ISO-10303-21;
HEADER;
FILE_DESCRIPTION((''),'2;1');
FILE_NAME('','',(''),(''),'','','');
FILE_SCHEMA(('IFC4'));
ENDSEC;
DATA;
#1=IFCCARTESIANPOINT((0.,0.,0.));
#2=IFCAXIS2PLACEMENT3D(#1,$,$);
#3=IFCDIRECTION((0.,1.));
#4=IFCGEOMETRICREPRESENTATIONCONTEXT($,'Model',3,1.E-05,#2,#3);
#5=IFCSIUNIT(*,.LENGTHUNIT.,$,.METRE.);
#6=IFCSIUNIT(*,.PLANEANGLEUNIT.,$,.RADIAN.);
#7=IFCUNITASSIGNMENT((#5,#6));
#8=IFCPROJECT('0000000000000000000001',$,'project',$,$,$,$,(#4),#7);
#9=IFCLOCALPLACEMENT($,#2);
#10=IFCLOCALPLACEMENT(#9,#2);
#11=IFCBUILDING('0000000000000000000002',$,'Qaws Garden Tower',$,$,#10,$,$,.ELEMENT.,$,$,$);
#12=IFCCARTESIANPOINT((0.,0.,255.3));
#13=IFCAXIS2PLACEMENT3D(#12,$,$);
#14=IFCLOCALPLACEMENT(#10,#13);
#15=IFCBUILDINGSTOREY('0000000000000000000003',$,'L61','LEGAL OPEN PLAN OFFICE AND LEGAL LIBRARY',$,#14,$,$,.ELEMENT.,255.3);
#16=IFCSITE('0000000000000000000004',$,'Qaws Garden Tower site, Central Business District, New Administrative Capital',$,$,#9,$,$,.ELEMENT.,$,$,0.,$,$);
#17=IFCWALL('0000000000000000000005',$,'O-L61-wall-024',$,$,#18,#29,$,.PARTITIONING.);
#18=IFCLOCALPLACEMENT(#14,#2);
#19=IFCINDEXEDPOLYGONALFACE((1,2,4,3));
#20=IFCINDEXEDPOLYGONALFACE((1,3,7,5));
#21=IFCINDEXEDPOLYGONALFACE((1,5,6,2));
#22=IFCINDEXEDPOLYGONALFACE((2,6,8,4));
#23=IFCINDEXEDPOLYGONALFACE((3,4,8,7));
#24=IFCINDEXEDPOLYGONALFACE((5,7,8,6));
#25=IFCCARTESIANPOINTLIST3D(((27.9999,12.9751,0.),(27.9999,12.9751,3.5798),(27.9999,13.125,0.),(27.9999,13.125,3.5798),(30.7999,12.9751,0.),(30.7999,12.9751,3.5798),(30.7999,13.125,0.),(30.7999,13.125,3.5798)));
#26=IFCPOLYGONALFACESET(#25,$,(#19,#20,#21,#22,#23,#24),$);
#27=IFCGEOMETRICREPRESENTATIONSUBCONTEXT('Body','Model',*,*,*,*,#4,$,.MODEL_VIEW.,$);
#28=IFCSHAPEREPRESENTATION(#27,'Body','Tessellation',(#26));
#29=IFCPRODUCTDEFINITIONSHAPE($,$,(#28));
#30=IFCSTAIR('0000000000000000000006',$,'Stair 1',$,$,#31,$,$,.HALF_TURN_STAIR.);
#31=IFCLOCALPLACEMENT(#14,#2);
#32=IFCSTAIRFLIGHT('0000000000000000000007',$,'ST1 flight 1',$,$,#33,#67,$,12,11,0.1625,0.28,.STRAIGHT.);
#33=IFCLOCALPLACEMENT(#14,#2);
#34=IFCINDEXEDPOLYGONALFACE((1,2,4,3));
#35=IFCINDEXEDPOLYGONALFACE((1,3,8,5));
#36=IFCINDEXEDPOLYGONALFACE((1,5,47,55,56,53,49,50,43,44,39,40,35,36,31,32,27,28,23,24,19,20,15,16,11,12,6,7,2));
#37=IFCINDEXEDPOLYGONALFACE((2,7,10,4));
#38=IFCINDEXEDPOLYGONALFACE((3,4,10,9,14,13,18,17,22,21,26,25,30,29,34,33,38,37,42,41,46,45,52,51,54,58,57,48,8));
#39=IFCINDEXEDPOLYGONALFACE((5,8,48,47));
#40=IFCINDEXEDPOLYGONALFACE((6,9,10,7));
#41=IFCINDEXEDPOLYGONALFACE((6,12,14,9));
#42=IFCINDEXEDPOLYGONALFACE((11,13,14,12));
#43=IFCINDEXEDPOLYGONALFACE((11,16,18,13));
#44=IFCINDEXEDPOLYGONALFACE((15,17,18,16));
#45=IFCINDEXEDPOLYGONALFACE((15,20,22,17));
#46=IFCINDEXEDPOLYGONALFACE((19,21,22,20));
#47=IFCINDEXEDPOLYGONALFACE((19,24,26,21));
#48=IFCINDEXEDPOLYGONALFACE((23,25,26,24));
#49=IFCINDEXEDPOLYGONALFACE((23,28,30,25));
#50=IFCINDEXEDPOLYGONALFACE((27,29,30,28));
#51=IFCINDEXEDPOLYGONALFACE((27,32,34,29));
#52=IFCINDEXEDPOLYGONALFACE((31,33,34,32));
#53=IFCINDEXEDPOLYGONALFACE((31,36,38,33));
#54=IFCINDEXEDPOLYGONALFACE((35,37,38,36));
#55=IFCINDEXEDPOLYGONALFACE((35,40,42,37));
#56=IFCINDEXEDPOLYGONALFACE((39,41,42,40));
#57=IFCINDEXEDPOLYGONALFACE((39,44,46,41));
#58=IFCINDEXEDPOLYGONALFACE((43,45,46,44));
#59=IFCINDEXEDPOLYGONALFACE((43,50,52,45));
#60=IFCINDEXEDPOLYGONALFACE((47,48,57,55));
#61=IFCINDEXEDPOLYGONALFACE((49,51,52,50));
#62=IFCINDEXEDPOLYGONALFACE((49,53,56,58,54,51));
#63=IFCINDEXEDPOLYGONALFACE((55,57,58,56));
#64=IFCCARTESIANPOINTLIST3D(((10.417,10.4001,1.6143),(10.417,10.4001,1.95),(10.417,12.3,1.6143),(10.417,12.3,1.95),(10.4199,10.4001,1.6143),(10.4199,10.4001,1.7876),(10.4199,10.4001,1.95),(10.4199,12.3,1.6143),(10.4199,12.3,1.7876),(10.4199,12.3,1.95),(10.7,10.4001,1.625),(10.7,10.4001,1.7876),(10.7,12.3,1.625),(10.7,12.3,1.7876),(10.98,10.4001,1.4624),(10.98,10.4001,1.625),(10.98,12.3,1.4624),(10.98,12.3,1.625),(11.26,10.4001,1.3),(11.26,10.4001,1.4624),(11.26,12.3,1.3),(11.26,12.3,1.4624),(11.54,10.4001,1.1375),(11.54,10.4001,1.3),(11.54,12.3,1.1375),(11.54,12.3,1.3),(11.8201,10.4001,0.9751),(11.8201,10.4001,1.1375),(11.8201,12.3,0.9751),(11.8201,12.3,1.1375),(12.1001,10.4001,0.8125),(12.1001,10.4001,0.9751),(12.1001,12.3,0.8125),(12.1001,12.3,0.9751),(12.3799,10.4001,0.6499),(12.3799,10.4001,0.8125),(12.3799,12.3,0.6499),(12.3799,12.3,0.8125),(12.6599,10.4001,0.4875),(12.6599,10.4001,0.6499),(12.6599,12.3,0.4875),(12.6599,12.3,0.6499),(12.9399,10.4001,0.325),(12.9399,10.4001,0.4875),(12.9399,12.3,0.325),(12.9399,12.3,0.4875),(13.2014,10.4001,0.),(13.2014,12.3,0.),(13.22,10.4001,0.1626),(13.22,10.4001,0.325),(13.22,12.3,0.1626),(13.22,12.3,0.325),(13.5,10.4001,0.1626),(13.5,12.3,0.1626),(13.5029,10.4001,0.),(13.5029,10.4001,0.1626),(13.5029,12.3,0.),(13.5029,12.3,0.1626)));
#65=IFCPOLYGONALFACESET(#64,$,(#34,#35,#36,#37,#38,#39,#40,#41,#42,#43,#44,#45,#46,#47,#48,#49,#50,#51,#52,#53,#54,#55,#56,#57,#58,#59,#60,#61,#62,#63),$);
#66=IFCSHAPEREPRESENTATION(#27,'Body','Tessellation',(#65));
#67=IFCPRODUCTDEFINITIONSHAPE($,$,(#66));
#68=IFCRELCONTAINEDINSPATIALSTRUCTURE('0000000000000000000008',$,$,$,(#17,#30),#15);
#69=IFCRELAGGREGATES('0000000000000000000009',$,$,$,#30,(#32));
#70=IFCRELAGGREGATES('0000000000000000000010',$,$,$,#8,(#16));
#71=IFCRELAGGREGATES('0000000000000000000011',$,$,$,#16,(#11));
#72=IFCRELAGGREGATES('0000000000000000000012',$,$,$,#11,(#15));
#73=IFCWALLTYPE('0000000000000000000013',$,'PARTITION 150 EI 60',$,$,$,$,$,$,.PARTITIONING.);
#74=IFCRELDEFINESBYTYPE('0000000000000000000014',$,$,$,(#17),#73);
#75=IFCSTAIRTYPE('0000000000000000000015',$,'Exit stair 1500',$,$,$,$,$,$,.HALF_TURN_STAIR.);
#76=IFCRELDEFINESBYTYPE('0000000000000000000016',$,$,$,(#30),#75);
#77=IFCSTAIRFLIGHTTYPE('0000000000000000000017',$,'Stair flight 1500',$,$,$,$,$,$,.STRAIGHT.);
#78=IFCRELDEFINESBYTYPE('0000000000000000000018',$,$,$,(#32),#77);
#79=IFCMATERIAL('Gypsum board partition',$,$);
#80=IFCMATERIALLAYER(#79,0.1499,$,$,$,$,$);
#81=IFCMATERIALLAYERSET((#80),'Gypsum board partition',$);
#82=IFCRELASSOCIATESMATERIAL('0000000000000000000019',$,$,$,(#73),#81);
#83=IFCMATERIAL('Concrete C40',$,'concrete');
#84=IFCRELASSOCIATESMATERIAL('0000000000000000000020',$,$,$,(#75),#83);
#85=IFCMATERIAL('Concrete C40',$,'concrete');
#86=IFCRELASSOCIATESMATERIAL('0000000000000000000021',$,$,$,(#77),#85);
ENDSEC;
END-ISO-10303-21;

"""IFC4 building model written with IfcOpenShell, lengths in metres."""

from ifc_helpers import new_model, si_unit, direction, frame, frame_2d, origin, place, context, subcontext, project, spatial, polyline, rectangle, outline, extrude, material, layer, layer_set, type_object, element, aggregate, save


model = new_model("IFC4")

# Units and contexts
model_context = context("Model", 3, precision=1e-05, world=origin(), true_north=direction((0.0, 1.0)))
body_context = subcontext(model_context, "Body", "Model", "MODEL_VIEW")
ifc_project = project(units=[si_unit("LENGTHUNIT", "METRE"), si_unit("PLANEANGLEUNIT", "RADIAN")], contexts=[model_context])

# Site, building, storey
site_placement = place(None, origin())
site = spatial("IfcSite", under=ifc_project, at=site_placement, Name="Qaws Garden Tower site, Central Business District, New Administrative Capital", CompositionType="ELEMENT", RefElevation=0.0)
building_placement = place(site_placement, origin())
building = spatial("IfcBuilding", under=site, at=building_placement, Name="Qaws Garden Tower", CompositionType="ELEMENT")
storey_placement = place(building_placement, frame((0.0, 0.0, 255.3)))
storey = spatial("IfcBuildingStorey", under=building, at=storey_placement, Name="L61", Description="LEGAL OPEN PLAN OFFICE AND LEGAL LIBRARY", CompositionType="ELEMENT", Elevation=255.3)

# Wall
ifc_material_1 = material(Name="Gypsum board partition")
ifc_layer_1 = layer(ifc_material_1, 0.1499)
ifc_layer_set_1 = layer_set([ifc_layer_1], Name="Gypsum board partition")
wall_type_1 = type_object("IfcWallType", Name="PARTITION 150 EI 60", PredefinedType="PARTITIONING", material=ifc_layer_set_1)
wall_1_placement = place(storey_placement, frame((28.0, 13.05, 0.0), z_axis=(0.0, 0.0, 1.0), x_axis=(1.0, 0.0, 0.0)))
element("IfcWall", 1, at=wall_1_placement, inside=storey, type_object=wall_type_1, Name="O-L61-wall-024", PredefinedType="PARTITIONING", context=body_context, shape_type="SweptSolid", body=[
    extrude(rectangle(XDim=2.8, YDim=0.1499, at=frame_2d((1.3999, 0.0))), origin(), (0.0, 0.0, 1.0), 3.5798),
])

# Stair, stair flight
ifc_material_2 = material(Name="Concrete C40", Category="concrete")
stair_type = type_object("IfcStairType", Name="Exit stair 1500", PredefinedType="HALF_TURN_STAIR", material=ifc_material_2)
stair_placement = place(storey_placement, origin())
stair = element("IfcStair", 2, at=stair_placement, inside=storey, type_object=stair_type, Name="Stair 1", PredefinedType="HALF_TURN_STAIR")
ifc_material_3 = material(Name="Concrete C40", Category="concrete")
stair_flight_type = type_object("IfcStairFlightType", Name="Stair flight 1500", PredefinedType="STRAIGHT", material=ifc_material_3)
stair_flight_placement = place(storey_placement, frame((13.5, 11.3501, 0.0), z_axis=(0.0, 0.0, 1.0), x_axis=(-1.0, 0.0, 0.0)))
stair_flight = element("IfcStairFlight", 3, at=stair_flight_placement, type_object=stair_flight_type, Name="ST1 flight 1", NumberOfRisers=12, NumberOfTreads=11, PredefinedType="STRAIGHT", RiserHeight=0.1625, TreadLength=0.28, context=body_context, shape_type="SweptSolid", body=[
    extrude(outline(polyline([(-0.0029, 0.0), (-0.0029, 0.1626), (0.0, 0.1626), (0.28, 0.1626), (0.28, 0.325), (0.5601, 0.325), (0.5601, 0.4875), (0.8401, 0.4875), (0.8401, 0.6499), (1.1201, 0.6499), (1.1201, 0.8125), (1.3999, 0.8125), (1.3999, 0.9751), (1.6799, 0.9751), (1.6799, 1.1375), (1.96, 1.1375), (1.96, 1.3), (2.24, 1.3), (2.24, 1.4624), (2.52, 1.4624), (2.52, 1.625), (2.8, 1.625), (2.8, 1.7876), (3.0801, 1.7876), (3.0801, 1.95), (3.083, 1.95), (3.083, 1.6143), (3.0801, 1.6143), (0.2986, 0.0), (-0.0029, 0.0)])), frame((0.0, 0.95, 0.0), z_axis=(0.0, -1.0, 0.0), x_axis=(1.0, 0.0, 0.0)), (0.0, 0.0, 1.0), 1.8999),
])
aggregate(stair, [stair_flight])

save(model, "model.ifc")
